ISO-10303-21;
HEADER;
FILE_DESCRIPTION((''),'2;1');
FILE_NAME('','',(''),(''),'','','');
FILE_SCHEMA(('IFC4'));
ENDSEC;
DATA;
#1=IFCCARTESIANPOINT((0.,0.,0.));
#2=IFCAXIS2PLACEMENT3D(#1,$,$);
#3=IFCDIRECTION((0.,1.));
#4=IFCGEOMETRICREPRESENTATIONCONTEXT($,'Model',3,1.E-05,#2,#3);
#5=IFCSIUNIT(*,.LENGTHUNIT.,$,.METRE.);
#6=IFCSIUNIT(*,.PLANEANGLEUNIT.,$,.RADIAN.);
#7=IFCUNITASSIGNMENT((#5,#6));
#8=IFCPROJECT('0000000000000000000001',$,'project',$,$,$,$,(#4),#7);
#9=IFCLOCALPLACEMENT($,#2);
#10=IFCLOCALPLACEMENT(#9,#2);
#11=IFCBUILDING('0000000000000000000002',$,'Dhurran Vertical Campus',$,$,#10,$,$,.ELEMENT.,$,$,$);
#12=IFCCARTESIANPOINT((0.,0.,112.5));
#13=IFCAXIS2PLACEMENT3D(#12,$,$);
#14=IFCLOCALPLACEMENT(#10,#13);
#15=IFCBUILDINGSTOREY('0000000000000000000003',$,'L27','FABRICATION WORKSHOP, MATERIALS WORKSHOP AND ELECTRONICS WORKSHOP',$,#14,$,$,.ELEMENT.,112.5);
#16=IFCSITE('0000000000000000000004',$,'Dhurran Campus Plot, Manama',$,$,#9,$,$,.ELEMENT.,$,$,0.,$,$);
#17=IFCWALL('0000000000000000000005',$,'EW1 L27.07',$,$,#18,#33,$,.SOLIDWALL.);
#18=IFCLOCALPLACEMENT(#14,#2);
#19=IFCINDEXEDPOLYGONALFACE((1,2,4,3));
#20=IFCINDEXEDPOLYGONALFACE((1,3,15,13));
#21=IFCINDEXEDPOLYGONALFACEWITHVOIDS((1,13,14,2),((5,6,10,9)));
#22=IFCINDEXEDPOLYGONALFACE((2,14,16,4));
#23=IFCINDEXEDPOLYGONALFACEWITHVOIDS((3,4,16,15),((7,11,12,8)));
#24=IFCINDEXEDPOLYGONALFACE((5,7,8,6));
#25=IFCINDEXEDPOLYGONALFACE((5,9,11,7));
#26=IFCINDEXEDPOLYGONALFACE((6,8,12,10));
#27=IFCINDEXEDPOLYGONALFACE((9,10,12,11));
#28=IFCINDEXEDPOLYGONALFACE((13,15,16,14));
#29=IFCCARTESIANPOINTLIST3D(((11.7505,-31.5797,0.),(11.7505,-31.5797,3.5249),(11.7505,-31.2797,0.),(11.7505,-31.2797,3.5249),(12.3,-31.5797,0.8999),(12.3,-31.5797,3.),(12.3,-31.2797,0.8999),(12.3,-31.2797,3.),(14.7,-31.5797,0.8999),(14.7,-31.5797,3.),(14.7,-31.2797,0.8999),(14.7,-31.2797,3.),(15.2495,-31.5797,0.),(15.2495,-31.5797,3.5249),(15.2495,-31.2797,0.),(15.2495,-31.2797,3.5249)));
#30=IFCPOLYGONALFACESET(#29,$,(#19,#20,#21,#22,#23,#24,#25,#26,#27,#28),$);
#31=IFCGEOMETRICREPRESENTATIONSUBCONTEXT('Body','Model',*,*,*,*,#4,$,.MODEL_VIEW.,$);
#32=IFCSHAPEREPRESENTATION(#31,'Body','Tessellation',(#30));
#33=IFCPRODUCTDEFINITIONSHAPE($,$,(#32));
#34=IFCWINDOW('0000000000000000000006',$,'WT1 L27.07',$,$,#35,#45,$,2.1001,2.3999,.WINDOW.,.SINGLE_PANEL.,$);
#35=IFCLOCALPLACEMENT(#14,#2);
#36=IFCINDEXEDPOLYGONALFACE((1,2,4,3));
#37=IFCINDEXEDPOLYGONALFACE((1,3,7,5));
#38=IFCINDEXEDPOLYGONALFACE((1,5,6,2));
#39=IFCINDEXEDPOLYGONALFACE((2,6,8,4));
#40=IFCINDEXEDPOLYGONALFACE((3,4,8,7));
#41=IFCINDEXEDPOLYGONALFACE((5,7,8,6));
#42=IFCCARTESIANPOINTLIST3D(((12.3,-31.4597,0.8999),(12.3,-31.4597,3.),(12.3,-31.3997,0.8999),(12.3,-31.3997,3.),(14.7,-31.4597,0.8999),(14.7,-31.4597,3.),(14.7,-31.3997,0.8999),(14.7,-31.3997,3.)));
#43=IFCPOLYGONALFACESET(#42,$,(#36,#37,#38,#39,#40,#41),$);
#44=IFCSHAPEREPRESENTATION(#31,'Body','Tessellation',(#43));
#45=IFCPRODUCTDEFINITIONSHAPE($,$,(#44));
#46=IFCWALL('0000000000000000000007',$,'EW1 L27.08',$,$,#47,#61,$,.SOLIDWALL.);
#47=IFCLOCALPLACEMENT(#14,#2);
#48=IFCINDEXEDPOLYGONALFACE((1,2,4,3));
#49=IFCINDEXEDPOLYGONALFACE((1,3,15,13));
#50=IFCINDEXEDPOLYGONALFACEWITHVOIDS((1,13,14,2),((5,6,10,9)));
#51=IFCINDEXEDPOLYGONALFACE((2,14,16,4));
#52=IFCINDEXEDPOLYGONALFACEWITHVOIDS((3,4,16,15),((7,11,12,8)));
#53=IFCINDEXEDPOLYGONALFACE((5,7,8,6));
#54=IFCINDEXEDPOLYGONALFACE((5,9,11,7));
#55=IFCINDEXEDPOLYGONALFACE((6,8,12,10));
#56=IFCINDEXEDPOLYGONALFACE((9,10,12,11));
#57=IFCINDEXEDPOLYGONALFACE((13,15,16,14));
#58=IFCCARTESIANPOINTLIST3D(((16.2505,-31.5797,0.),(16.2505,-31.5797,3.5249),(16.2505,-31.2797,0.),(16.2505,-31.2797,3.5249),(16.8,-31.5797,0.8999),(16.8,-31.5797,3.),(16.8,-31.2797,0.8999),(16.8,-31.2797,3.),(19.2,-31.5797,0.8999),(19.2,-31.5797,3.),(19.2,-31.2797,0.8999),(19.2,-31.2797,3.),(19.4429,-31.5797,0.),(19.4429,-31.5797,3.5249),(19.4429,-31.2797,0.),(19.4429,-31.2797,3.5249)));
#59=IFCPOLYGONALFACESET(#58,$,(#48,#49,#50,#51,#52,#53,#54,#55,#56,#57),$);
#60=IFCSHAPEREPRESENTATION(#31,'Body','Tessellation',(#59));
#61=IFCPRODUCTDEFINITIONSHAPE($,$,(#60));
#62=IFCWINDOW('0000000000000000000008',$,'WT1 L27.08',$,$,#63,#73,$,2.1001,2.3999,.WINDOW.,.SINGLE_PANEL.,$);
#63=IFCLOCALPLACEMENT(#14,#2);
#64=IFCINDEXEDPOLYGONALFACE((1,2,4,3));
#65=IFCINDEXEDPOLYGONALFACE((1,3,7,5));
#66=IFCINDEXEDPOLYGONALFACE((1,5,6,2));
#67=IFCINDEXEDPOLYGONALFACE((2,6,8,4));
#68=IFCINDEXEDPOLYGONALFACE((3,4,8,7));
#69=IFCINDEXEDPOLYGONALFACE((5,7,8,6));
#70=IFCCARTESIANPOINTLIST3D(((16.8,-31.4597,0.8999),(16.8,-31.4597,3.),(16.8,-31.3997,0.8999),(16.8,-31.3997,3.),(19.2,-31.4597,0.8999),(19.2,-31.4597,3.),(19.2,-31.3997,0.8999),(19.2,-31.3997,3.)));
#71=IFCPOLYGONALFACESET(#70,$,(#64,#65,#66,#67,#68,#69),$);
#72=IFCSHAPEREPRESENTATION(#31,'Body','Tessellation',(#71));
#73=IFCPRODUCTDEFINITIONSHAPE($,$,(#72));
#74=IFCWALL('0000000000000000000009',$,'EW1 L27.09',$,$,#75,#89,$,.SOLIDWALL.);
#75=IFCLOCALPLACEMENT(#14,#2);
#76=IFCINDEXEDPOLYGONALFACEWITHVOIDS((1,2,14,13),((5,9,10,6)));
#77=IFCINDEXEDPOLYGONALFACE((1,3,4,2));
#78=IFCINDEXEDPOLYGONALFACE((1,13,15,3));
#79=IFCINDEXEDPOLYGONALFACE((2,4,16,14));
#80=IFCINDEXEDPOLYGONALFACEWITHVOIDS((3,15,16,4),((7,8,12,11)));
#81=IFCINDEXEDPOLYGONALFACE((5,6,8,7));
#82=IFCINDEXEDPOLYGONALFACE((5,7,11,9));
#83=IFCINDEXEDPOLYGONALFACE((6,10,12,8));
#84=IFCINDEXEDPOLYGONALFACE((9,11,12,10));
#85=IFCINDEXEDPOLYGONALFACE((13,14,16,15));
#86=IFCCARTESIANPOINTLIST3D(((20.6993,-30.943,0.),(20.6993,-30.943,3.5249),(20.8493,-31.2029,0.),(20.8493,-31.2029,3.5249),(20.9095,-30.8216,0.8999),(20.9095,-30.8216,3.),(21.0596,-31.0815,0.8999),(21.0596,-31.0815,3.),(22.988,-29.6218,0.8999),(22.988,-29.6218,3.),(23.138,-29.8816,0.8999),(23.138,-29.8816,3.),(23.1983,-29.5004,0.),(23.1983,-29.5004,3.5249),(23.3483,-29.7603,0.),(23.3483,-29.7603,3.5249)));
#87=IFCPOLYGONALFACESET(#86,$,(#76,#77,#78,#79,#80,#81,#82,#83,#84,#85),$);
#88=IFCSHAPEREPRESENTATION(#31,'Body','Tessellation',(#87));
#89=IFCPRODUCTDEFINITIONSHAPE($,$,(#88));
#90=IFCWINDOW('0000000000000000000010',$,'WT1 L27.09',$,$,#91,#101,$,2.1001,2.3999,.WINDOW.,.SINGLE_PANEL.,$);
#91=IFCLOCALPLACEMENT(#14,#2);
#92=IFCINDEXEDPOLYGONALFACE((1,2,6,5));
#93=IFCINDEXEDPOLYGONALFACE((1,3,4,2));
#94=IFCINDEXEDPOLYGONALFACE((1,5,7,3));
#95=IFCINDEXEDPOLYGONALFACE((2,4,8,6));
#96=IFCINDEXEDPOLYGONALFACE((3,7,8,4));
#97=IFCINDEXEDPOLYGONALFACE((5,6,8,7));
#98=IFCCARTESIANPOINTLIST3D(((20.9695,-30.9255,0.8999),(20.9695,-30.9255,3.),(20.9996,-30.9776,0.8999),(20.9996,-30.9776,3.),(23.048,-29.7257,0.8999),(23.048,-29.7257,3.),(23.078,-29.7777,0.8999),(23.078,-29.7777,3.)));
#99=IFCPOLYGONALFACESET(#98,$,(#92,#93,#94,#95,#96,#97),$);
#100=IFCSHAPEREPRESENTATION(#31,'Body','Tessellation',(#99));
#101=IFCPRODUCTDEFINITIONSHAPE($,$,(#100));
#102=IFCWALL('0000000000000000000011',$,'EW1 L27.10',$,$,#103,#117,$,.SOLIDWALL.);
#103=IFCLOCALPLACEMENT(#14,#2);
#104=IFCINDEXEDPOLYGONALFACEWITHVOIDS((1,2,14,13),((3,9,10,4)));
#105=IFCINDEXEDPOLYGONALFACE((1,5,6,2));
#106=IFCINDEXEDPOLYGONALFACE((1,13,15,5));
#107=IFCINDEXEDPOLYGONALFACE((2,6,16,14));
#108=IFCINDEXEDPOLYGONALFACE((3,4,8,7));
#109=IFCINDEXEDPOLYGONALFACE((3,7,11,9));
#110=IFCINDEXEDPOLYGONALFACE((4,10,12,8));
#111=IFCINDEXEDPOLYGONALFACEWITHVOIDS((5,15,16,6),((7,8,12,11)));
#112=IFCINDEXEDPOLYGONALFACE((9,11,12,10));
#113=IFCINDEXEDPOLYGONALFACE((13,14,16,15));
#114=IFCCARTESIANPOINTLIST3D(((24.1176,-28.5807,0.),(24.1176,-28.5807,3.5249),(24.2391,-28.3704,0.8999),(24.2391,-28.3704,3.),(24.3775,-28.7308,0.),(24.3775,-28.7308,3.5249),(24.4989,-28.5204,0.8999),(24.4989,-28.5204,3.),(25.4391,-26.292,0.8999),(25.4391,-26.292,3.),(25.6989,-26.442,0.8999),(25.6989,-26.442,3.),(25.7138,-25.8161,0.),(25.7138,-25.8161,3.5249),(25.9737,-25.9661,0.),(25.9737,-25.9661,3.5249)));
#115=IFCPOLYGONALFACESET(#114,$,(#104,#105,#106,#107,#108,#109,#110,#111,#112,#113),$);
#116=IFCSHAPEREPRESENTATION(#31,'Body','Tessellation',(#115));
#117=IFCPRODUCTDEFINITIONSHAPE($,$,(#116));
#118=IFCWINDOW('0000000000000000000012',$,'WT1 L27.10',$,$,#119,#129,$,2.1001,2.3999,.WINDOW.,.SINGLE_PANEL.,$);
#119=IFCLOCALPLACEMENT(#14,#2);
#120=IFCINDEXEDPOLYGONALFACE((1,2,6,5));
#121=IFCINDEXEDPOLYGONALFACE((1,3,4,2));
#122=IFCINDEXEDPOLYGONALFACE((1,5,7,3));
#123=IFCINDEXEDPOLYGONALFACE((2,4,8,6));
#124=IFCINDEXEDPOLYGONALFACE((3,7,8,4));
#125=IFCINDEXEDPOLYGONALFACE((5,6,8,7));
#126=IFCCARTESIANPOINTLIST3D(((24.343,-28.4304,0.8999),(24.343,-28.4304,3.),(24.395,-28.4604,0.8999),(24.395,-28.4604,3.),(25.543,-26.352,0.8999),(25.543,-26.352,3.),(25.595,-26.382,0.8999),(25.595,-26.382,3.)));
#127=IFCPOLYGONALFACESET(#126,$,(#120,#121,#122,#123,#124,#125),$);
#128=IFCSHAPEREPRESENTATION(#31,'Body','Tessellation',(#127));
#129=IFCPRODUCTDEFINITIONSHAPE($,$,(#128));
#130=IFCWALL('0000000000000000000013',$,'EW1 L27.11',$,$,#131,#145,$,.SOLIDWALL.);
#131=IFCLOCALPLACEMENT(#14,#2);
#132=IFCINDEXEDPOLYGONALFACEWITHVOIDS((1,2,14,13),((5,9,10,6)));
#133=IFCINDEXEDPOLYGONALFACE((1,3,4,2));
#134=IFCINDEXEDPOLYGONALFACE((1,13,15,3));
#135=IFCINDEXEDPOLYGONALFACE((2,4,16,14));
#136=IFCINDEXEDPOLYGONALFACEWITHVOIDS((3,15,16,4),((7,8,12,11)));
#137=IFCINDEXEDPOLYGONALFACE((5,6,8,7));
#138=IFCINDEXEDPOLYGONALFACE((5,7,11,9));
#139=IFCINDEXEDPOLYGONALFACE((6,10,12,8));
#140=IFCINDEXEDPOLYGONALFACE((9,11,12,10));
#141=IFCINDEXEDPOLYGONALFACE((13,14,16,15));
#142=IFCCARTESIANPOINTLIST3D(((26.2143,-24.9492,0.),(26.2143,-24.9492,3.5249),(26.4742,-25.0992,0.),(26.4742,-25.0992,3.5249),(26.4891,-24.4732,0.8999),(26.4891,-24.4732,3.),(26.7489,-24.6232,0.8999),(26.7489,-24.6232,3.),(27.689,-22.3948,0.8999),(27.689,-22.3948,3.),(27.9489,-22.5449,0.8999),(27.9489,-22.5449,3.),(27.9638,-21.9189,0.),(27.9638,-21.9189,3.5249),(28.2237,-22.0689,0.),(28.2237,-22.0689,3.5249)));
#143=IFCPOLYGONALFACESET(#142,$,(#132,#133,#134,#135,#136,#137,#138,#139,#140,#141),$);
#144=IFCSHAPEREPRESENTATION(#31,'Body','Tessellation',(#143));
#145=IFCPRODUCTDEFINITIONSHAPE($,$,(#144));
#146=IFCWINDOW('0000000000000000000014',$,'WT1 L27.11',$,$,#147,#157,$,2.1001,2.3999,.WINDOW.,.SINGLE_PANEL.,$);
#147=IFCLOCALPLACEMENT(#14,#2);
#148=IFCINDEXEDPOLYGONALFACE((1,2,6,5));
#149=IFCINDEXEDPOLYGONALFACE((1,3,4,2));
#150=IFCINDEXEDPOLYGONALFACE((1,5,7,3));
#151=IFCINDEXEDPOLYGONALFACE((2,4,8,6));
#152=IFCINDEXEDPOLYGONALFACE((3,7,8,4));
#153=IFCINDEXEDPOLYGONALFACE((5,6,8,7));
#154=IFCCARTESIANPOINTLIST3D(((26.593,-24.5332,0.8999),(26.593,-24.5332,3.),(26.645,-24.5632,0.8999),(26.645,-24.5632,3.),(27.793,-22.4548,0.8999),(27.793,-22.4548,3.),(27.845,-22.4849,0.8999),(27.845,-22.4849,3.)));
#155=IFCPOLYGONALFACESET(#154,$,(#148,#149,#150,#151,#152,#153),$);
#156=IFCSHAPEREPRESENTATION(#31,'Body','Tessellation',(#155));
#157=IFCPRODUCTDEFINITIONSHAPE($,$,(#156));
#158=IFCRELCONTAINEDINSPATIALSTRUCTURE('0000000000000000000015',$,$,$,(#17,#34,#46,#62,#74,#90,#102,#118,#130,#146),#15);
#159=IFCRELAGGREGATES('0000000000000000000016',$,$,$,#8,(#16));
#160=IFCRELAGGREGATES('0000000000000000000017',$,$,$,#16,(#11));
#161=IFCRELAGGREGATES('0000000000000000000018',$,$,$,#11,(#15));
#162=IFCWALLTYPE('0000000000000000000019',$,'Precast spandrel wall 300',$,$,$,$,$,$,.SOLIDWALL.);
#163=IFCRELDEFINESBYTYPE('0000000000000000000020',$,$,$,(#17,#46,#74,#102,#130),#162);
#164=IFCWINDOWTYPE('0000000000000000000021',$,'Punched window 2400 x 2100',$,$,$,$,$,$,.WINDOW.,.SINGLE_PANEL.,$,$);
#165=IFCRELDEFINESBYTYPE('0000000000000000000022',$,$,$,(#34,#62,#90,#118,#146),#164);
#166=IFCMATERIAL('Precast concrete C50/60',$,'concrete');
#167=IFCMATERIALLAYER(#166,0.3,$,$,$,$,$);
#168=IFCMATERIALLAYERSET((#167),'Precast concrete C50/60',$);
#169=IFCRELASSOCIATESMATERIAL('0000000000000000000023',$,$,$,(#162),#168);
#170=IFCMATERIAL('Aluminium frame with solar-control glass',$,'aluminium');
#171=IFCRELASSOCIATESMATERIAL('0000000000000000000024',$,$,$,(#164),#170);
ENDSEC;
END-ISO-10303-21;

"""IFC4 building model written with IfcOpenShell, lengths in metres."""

from ifc_helpers import new_model, si_unit, direction, frame, frame_2d, origin, place, context, subcontext, project, spatial, rectangle, extrude, material, layer, layer_set, type_object, element, fill, save


model = new_model("IFC4")

# Units and contexts
model_context = context("Model", 3, precision=1e-05, world=origin(), true_north=direction((0.0, 1.0)))
body_context = subcontext(model_context, "Body", "Model", "MODEL_VIEW")
ifc_project = project(units=[si_unit("LENGTHUNIT", "METRE"), si_unit("PLANEANGLEUNIT", "RADIAN")], contexts=[model_context])

# Site, building, storey
site_placement = place(None, origin())
site = spatial("IfcSite", under=ifc_project, at=site_placement, Name="Dhurran Campus Plot, Manama", CompositionType="ELEMENT", RefElevation=0.0)
building_placement = place(site_placement, origin())
building = spatial("IfcBuilding", under=site, at=building_placement, Name="Dhurran Vertical Campus", CompositionType="ELEMENT")
storey_placement = place(building_placement, frame((0.0, 0.0, 112.5)))
storey = spatial("IfcBuildingStorey", under=building, at=storey_placement, Name="L27", Description="FABRICATION WORKSHOP, MATERIALS WORKSHOP AND ELECTRONICS WORKSHOP", CompositionType="ELEMENT", Elevation=112.5)

# Walls, openings, windows
ifc_material_1 = material(Name="Precast concrete C50/60", Category="concrete")
ifc_layer_1 = layer(ifc_material_1, 0.3)
ifc_layer_set_1 = layer_set([ifc_layer_1], Name="Precast concrete C50/60")
wall_type_1 = type_object("IfcWallType", Name="Precast spandrel wall 300", PredefinedType="SOLIDWALL", material=ifc_layer_set_1)
wall_1_placement = place(storey_placement, frame((11.7505, -31.4297, 0.0), z_axis=(0.0, 0.0, 1.0), x_axis=(1.0, 0.0, 0.0)))
wall_1 = element("IfcWall", 1, at=wall_1_placement, inside=storey, type_object=wall_type_1, Name="EW1 L27.07", PredefinedType="SOLIDWALL", context=body_context, shape_type="SweptSolid", body=[
    extrude(rectangle(XDim=3.499, YDim=0.3, at=frame_2d((1.7495, 0.0))), origin(), (0.0, 0.0, 1.0), 3.5249),
])
opening_1_placement = place(wall_1_placement, frame((0.5496, 0.0, 0.8999)))
opening_1 = element("IfcOpeningElement", 2, at=opening_1_placement, cuts=wall_1, PredefinedType="OPENING", context=body_context, shape_type="SweptSolid", body=[
    extrude(rectangle(XDim=2.3999, YDim=2.1001, at=frame_2d((1.2, 1.05))), frame((0.0, 0.1599, 0.0), z_axis=(0.0, -1.0, 0.0), x_axis=(1.0, 0.0, 0.0)), (0.0, 0.0, 1.0), 0.3201),
])
ifc_material_2 = material(Name="Aluminium frame with solar-control glass", Category="aluminium")
window_type = type_object("IfcWindowType", Name="Punched window 2400 x 2100", PartitioningType="SINGLE_PANEL", PredefinedType="WINDOW", material=ifc_material_2)
window_1_placement = place(opening_1_placement, origin())
window_1 = element("IfcWindow", 3, at=window_1_placement, inside=storey, type_object=window_type, Name="WT1 L27.07", OverallHeight=2.1001, OverallWidth=2.3999, PartitioningType="SINGLE_PANEL", PredefinedType="WINDOW", context=body_context, shape_type="SweptSolid", body=[
    extrude(rectangle(XDim=2.3999, YDim=2.1001, at=frame_2d((1.2, 1.05))), frame((0.0, 0.03, 0.0), z_axis=(0.0, -1.0, 0.0), x_axis=(1.0, 0.0, 0.0)), (0.0, 0.0, 1.0), 0.0601),
])
fill(opening_1, window_1)
wall_2_placement = place(storey_placement, frame((16.2505, -31.4297, 0.0), z_axis=(0.0, 0.0, 1.0), x_axis=(1.0, 0.0, 0.0)))
wall_2 = element("IfcWall", 4, at=wall_2_placement, inside=storey, type_object=wall_type_1, Name="EW1 L27.08", PredefinedType="SOLIDWALL", context=body_context, shape_type="SweptSolid", body=[
    extrude(rectangle(XDim=3.1924, YDim=0.3, at=frame_2d((1.5962, 0.0))), origin(), (0.0, 0.0, 1.0), 3.5249),
])
opening_2_placement = place(wall_2_placement, frame((0.5496, 0.0, 0.8999)))
opening_2 = element("IfcOpeningElement", 5, at=opening_2_placement, cuts=wall_2, PredefinedType="OPENING", context=body_context, shape_type="SweptSolid", body=[
    extrude(rectangle(XDim=2.3999, YDim=2.1001, at=frame_2d((1.2, 1.05))), frame((0.0, 0.1599, 0.0), z_axis=(0.0, -1.0, 0.0), x_axis=(1.0, 0.0, 0.0)), (0.0, 0.0, 1.0), 0.3201),
])
window_2_placement = place(opening_2_placement, origin())
window_2 = element("IfcWindow", 6, at=window_2_placement, inside=storey, type_object=window_type, Name="WT1 L27.08", OverallHeight=2.1001, OverallWidth=2.3999, PartitioningType="SINGLE_PANEL", PredefinedType="WINDOW", context=body_context, shape_type="SweptSolid", body=[
    extrude(rectangle(XDim=2.3999, YDim=2.1001, at=frame_2d((1.2, 1.05))), frame((0.0, 0.03, 0.0), z_axis=(0.0, -1.0, 0.0), x_axis=(1.0, 0.0, 0.0)), (0.0, 0.0, 1.0), 0.0601),
])
fill(opening_2, window_2)
wall_3_placement = place(storey_placement, frame((20.7742, -31.073, 0.0), z_axis=(0.0, 0.0, 1.0), x_axis=(0.866053, 0.499952, 0.0)))
wall_3 = element("IfcWall", 7, at=wall_3_placement, inside=storey, type_object=wall_type_1, Name="EW1 L27.09", PredefinedType="SOLIDWALL", context=body_context, shape_type="SweptSolid", body=[
    extrude(rectangle(XDim=2.8855, YDim=0.3, at=frame_2d((1.4429, 0.0))), origin(), (0.0, 0.0, 1.0), 3.5249),
])
opening_3_placement = place(wall_3_placement, frame((0.2429, 0.0, 0.8999)))
opening_3 = element("IfcOpeningElement", 8, at=opening_3_placement, cuts=wall_3, PredefinedType="OPENING", context=body_context, shape_type="SweptSolid", body=[
    extrude(rectangle(XDim=2.3999, YDim=2.1001, at=frame_2d((1.2, 1.05))), frame((0.0, 0.1599, 0.0), z_axis=(0.0, -1.0, 0.0), x_axis=(1.0, 0.0, 0.0)), (0.0, 0.0, 1.0), 0.3201),
])
window_3_placement = place(opening_3_placement, origin())
window_3 = element("IfcWindow", 9, at=window_3_placement, inside=storey, type_object=window_type, Name="WT1 L27.09", OverallHeight=2.1001, OverallWidth=2.3999, PartitioningType="SINGLE_PANEL", PredefinedType="WINDOW", context=body_context, shape_type="SweptSolid", body=[
    extrude(rectangle(XDim=2.3999, YDim=2.1001, at=frame_2d((1.2, 1.05))), frame((0.0, 0.03, 0.0), z_axis=(0.0, -1.0, 0.0), x_axis=(1.0, 0.0, 0.0)), (0.0, 0.0, 1.0), 0.0601),
])
fill(opening_3, window_3)
wall_4_placement = place(storey_placement, frame((24.2476, -28.6558, 0.0), z_axis=(0.0, 0.0, 1.0), x_axis=(0.500005, 0.866023, 0.0)))
wall_4 = element("IfcWall", 10, at=wall_4_placement, inside=storey, type_object=wall_type_1, Name="EW1 L27.10", PredefinedType="SOLIDWALL", context=body_context, shape_type="SweptSolid", body=[
    extrude(rectangle(XDim=3.1924, YDim=0.3, at=frame_2d((1.5962, 0.0))), origin(), (0.0, 0.0, 1.0), 3.5249),
])
opening_4_placement = place(wall_4_placement, frame((0.2429, 0.0, 0.8999)))
opening_4 = element("IfcOpeningElement", 11, at=opening_4_placement, cuts=wall_4, PredefinedType="OPENING", context=body_context, shape_type="SweptSolid", body=[
    extrude(rectangle(XDim=2.3999, YDim=2.1001, at=frame_2d((1.2, 1.05))), frame((0.0, 0.1599, 0.0), z_axis=(0.0, -1.0, 0.0), x_axis=(1.0, 0.0, 0.0)), (0.0, 0.0, 1.0), 0.3201),
])
window_4_placement = place(opening_4_placement, origin())
window_4 = element("IfcWindow", 12, at=window_4_placement, inside=storey, type_object=window_type, Name="WT1 L27.10", OverallHeight=2.1001, OverallWidth=2.3999, PartitioningType="SINGLE_PANEL", PredefinedType="WINDOW", context=body_context, shape_type="SweptSolid", body=[
    extrude(rectangle(XDim=2.3999, YDim=2.1001, at=frame_2d((1.2, 1.05))), frame((0.0, 0.03, 0.0), z_axis=(0.0, -1.0, 0.0), x_axis=(1.0, 0.0, 0.0)), (0.0, 0.0, 1.0), 0.0601),
])
fill(opening_4, window_4)
wall_5_placement = place(storey_placement, frame((26.3442, -25.0242, 0.0), z_axis=(0.0, 0.0, 1.0), x_axis=(0.499996, 0.866028, 0.0)))
wall_5 = element("IfcWall", 13, at=wall_5_placement, inside=storey, type_object=wall_type_1, Name="EW1 L27.11", PredefinedType="SOLIDWALL", context=body_context, shape_type="SweptSolid", body=[
    extrude(rectangle(XDim=3.499, YDim=0.3, at=frame_2d((1.7495, 0.0))), origin(), (0.0, 0.0, 1.0), 3.5249),
])
opening_5_placement = place(wall_5_placement, frame((0.5496, 0.0, 0.8999)))
opening_5 = element("IfcOpeningElement", 14, at=opening_5_placement, cuts=wall_5, PredefinedType="OPENING", context=body_context, shape_type="SweptSolid", body=[
    extrude(rectangle(XDim=2.3999, YDim=2.1001, at=frame_2d((1.2, 1.05))), frame((0.0, 0.1599, 0.0), z_axis=(0.0, -1.0, 0.0), x_axis=(1.0, 0.0, 0.0)), (0.0, 0.0, 1.0), 0.3201),
])
window_5_placement = place(opening_5_placement, origin())
window_5 = element("IfcWindow", 15, at=window_5_placement, inside=storey, type_object=window_type, Name="WT1 L27.11", OverallHeight=2.1001, OverallWidth=2.3999, PartitioningType="SINGLE_PANEL", PredefinedType="WINDOW", context=body_context, shape_type="SweptSolid", body=[
    extrude(rectangle(XDim=2.3999, YDim=2.1001, at=frame_2d((1.2, 1.05))), frame((0.0, 0.03, 0.0), z_axis=(0.0, -1.0, 0.0), x_axis=(1.0, 0.0, 0.0)), (0.0, 0.0, 1.0), 0.0601),
])
fill(opening_5, window_5)

save(model, "model.ifc")
